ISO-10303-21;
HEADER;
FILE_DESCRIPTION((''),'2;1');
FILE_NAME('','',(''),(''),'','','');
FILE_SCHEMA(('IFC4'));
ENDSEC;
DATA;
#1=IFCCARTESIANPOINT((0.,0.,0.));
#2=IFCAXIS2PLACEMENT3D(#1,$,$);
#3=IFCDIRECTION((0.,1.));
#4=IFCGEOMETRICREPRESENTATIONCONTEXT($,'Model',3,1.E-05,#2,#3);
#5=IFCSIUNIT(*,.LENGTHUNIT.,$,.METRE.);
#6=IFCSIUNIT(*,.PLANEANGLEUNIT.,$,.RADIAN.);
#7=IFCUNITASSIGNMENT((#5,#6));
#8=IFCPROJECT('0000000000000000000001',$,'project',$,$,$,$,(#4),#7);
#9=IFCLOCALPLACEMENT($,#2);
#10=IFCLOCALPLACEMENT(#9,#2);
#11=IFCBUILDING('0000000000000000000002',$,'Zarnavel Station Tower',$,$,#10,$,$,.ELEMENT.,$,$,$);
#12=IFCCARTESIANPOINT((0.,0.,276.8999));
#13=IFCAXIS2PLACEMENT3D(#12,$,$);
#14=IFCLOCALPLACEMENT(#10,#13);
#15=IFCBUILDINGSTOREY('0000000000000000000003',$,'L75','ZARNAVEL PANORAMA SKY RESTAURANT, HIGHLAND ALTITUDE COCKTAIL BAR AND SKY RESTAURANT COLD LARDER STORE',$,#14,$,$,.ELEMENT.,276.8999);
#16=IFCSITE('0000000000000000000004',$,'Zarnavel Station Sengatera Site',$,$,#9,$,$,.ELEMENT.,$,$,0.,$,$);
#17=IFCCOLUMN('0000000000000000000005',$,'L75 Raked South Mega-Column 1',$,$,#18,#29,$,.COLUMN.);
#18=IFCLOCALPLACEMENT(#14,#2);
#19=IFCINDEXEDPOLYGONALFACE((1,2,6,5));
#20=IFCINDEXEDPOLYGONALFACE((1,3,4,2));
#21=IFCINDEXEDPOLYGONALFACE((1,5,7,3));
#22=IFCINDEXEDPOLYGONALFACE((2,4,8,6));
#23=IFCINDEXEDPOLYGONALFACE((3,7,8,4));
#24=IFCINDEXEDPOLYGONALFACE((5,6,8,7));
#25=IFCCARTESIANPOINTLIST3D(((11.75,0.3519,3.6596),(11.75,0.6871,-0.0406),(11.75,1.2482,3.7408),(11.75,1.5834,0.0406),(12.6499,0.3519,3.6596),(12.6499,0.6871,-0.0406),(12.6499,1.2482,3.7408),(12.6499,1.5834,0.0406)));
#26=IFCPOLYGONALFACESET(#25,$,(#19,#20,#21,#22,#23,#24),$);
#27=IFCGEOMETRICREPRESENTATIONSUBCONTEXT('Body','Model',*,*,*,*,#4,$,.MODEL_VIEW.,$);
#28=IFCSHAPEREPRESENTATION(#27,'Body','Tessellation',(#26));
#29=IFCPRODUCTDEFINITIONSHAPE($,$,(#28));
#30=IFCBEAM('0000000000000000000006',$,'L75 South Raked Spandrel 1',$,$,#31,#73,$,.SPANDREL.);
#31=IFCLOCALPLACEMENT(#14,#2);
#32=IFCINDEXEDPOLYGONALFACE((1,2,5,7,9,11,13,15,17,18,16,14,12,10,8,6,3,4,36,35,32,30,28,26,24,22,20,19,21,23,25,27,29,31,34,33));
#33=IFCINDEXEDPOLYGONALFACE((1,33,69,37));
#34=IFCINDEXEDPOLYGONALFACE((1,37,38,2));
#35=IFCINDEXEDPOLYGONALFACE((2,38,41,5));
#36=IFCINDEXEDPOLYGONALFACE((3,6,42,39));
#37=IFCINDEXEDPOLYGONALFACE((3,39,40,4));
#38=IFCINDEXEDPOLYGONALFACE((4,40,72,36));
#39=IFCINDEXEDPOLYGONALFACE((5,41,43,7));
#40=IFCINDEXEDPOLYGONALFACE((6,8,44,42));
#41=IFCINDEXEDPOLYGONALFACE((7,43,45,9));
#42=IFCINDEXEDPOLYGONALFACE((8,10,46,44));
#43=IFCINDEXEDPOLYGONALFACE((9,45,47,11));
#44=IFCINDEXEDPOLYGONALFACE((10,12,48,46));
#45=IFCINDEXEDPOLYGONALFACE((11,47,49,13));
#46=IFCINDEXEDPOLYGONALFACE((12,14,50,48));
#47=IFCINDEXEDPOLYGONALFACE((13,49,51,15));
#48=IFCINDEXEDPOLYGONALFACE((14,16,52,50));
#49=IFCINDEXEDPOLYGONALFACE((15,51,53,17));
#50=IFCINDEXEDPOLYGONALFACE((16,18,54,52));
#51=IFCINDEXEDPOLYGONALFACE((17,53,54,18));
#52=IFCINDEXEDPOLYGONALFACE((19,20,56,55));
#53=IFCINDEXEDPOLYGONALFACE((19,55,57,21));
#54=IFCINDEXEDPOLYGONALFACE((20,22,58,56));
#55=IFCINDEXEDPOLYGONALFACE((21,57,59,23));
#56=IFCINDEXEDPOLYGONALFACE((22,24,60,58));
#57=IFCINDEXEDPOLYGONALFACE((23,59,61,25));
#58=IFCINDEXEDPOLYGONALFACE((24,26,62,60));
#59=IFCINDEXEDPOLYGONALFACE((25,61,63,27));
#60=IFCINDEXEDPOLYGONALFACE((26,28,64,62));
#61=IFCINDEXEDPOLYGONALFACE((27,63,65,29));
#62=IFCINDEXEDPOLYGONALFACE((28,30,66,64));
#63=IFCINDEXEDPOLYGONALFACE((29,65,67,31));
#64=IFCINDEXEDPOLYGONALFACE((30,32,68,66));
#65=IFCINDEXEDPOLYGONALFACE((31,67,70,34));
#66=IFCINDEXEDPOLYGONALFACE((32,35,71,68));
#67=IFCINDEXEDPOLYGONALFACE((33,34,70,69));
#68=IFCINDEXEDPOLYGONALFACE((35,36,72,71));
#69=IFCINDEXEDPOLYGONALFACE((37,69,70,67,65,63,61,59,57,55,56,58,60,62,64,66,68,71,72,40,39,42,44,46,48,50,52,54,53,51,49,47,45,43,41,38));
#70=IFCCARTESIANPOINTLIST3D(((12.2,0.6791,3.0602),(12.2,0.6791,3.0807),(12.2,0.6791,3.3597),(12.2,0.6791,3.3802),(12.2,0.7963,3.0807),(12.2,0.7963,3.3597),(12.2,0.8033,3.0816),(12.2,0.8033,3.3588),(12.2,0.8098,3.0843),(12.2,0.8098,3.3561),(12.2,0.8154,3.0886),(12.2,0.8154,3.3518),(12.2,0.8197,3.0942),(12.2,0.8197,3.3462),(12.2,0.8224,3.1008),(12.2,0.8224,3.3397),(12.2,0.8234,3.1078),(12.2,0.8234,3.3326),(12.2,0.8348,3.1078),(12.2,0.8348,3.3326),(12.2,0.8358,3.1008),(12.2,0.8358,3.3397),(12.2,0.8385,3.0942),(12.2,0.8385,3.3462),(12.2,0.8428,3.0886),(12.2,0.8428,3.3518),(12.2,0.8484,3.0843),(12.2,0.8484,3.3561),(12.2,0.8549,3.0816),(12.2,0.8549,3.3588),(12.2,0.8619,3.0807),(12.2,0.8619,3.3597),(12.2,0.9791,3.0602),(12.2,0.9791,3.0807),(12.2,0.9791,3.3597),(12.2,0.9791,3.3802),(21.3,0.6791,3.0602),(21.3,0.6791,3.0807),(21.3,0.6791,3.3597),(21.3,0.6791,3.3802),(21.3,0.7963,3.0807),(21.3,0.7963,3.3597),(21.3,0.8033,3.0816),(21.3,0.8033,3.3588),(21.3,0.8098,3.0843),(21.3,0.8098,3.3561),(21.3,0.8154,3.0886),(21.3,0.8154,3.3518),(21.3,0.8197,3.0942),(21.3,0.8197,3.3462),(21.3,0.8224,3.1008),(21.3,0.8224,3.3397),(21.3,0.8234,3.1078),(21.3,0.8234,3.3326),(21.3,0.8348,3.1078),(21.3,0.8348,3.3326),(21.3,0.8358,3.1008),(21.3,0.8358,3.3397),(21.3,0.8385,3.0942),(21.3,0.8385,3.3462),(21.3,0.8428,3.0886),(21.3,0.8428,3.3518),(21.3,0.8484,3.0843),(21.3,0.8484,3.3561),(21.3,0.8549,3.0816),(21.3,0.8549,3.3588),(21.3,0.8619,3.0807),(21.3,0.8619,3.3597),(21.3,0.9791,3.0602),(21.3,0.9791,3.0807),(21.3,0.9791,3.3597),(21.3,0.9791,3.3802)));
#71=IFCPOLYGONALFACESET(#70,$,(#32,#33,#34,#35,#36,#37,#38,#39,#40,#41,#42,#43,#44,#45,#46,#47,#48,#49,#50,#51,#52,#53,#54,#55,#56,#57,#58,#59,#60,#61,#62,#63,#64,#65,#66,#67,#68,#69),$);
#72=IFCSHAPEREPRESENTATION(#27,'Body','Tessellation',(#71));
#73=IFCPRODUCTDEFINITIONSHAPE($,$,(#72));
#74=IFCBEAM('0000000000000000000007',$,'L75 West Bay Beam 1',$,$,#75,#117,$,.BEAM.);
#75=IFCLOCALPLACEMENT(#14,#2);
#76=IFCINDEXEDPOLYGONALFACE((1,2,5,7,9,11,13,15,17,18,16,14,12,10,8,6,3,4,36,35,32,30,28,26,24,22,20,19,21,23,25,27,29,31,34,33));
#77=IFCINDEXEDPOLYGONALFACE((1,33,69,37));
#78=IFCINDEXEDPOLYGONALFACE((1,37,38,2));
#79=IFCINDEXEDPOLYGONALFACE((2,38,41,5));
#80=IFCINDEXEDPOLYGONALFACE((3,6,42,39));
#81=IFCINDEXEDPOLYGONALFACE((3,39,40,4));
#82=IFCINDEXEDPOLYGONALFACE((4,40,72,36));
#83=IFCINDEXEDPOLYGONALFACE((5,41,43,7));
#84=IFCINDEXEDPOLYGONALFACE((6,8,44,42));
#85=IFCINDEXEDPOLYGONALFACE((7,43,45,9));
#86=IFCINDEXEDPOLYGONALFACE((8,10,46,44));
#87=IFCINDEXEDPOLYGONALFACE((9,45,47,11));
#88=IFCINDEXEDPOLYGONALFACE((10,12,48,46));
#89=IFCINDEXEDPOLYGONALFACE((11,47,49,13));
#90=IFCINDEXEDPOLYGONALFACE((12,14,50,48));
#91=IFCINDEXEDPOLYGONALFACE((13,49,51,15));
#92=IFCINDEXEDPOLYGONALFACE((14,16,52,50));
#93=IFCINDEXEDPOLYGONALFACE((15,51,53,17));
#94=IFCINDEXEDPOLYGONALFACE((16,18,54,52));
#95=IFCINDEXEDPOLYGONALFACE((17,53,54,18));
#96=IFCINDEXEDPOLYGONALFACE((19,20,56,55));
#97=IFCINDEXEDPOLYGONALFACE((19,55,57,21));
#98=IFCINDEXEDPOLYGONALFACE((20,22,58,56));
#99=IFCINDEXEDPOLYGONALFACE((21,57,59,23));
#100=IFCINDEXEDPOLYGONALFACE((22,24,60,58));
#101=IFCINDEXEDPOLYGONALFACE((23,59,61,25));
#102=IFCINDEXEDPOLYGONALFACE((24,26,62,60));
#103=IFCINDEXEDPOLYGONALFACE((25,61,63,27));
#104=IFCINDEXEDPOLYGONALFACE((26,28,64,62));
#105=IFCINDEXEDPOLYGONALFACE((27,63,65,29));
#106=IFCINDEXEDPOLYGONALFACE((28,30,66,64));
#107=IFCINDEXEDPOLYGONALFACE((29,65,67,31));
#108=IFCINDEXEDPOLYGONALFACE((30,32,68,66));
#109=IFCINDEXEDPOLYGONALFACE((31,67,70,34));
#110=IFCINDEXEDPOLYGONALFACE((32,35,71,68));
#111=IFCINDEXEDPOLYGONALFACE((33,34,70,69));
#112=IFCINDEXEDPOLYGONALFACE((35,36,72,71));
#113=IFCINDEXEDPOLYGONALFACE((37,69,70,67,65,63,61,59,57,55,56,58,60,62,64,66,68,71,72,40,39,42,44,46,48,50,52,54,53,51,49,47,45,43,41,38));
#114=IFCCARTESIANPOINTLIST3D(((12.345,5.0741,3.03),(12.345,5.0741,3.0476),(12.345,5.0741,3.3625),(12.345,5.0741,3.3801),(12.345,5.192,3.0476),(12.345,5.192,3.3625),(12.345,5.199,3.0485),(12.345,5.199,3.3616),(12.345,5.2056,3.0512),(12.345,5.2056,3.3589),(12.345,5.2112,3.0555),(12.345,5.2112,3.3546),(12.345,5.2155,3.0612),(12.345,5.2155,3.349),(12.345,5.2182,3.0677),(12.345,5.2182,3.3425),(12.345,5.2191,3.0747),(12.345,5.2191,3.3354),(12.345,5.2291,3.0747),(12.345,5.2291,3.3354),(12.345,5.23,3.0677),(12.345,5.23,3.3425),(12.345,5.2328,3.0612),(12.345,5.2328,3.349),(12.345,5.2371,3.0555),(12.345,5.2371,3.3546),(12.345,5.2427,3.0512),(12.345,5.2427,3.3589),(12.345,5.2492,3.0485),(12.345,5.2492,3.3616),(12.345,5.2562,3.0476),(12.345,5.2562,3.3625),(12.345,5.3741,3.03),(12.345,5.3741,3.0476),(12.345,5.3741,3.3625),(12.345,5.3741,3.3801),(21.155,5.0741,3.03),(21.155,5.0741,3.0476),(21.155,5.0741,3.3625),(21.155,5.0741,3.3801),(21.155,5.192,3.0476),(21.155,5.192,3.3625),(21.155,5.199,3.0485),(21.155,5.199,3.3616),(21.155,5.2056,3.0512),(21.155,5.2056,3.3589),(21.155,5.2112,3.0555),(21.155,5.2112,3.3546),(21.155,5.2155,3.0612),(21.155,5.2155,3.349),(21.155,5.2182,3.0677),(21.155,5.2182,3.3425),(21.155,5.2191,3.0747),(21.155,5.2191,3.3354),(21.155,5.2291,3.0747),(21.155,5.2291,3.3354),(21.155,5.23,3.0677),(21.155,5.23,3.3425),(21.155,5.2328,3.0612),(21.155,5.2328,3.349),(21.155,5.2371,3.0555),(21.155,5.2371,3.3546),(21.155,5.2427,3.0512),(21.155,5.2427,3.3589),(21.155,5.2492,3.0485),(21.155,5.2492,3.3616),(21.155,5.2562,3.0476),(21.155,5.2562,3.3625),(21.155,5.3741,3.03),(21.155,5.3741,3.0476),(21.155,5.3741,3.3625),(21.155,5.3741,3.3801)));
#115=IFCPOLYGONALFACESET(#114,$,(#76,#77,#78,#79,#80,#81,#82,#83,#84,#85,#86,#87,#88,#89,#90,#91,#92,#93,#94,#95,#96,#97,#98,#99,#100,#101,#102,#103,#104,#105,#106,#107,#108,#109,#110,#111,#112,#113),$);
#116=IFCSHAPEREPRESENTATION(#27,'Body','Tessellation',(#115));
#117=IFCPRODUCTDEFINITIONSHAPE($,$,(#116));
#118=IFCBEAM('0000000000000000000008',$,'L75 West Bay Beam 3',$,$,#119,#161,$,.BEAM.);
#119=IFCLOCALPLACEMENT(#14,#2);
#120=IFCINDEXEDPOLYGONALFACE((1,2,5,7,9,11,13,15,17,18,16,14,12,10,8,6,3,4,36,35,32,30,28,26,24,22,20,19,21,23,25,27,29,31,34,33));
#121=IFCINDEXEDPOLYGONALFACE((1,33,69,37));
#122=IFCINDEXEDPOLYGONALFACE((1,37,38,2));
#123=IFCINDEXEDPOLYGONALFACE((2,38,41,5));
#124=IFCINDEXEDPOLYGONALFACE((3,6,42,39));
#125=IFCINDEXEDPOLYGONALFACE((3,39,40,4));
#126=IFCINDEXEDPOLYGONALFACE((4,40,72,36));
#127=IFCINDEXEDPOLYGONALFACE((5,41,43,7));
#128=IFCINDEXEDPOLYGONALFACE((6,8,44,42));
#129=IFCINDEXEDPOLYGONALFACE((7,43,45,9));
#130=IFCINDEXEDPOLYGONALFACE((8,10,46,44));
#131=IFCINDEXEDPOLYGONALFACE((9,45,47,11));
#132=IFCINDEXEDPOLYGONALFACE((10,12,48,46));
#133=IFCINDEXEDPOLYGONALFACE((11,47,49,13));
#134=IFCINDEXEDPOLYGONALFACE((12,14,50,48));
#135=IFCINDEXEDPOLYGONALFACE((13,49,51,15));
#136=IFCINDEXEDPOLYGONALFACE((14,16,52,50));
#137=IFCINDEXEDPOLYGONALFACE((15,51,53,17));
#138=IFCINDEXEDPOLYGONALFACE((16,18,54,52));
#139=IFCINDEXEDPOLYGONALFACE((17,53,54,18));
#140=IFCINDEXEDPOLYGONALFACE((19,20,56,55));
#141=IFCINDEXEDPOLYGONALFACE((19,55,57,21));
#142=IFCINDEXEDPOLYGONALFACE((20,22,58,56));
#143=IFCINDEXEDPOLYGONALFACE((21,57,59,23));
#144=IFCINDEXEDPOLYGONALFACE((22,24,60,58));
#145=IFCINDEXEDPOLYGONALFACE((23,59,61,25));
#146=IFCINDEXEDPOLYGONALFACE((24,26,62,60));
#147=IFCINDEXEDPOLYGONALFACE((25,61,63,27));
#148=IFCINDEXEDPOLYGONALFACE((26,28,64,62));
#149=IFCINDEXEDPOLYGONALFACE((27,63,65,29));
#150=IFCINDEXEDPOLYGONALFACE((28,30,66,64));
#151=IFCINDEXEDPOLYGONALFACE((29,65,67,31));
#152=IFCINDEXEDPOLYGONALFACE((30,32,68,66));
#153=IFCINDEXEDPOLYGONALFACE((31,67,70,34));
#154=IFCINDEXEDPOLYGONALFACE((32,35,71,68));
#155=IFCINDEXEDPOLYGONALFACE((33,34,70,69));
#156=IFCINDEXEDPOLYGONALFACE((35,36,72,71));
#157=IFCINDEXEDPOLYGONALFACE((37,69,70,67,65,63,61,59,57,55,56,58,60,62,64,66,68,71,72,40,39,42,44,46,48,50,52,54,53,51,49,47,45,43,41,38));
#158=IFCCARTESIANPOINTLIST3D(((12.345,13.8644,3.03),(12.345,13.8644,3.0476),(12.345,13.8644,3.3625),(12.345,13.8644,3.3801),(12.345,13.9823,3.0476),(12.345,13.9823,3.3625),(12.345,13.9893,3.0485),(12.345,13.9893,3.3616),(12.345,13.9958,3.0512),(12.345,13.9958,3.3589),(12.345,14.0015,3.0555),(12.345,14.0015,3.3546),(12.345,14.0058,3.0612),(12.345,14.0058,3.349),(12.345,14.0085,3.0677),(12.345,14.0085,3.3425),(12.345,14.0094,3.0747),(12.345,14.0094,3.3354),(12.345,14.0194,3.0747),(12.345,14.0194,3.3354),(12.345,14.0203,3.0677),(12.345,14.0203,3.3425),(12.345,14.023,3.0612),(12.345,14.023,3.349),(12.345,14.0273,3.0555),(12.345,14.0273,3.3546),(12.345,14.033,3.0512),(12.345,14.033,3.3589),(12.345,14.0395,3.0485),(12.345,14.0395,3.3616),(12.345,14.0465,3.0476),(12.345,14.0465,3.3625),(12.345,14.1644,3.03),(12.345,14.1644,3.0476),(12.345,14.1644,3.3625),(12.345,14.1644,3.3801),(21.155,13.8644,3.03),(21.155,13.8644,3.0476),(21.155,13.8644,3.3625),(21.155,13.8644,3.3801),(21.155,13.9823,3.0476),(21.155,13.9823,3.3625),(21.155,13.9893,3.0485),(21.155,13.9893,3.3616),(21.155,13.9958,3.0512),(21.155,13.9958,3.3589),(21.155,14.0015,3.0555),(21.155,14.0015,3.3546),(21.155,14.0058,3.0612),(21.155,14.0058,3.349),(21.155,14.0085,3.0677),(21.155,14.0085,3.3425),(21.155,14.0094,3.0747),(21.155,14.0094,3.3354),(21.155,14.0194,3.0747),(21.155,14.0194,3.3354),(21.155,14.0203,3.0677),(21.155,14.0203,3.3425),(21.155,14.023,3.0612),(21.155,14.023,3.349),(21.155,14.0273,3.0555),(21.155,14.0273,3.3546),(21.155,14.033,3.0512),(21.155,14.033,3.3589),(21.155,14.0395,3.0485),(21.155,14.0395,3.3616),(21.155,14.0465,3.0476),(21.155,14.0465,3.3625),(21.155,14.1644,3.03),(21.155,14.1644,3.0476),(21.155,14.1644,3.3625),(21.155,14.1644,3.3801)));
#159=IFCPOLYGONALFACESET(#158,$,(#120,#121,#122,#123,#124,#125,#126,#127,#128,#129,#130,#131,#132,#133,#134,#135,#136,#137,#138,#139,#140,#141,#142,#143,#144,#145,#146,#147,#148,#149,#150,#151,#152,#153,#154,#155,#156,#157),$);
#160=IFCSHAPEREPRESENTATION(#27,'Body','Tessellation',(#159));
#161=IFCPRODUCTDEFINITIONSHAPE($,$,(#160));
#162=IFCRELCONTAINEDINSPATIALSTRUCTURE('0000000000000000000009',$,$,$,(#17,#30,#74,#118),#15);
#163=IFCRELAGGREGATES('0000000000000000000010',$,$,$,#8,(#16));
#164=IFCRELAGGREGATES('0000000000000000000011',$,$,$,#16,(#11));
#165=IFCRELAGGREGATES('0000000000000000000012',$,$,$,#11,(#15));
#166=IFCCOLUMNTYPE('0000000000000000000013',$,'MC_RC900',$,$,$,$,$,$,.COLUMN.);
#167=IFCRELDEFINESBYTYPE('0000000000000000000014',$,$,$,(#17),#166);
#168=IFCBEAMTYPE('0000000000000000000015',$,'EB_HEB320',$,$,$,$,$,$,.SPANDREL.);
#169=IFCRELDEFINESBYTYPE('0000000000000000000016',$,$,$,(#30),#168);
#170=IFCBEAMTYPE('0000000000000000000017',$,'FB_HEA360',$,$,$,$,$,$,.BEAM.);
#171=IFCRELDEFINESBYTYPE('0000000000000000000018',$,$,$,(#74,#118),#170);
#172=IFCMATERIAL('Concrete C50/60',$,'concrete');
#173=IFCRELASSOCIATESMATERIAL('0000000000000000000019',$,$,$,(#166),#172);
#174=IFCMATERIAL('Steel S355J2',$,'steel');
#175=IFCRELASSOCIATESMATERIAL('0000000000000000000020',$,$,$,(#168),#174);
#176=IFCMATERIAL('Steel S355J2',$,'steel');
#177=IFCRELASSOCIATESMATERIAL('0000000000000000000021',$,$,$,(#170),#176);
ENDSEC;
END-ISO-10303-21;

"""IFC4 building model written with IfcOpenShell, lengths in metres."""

from ifc_helpers import new_model, si_unit, direction, frame, origin, origin_2d, place, context, subcontext, project, spatial, rectangle, i_section, extrude, material, material_profile, profile_set, type_object, element, save


model = new_model("IFC4")

# Units and contexts
model_context = context("Model", 3, precision=1e-05, world=origin(), true_north=direction((0.0, 1.0)))
body_context = subcontext(model_context, "Body", "Model", "MODEL_VIEW")
ifc_project = project(units=[si_unit("LENGTHUNIT", "METRE"), si_unit("PLANEANGLEUNIT", "RADIAN")], contexts=[model_context])

# Site, building, storey
site_placement = place(None, origin())
site = spatial("IfcSite", under=ifc_project, at=site_placement, Name="Zarnavel Station Sengatera Site", CompositionType="ELEMENT", RefElevation=0.0)
building_placement = place(site_placement, origin())
building = spatial("IfcBuilding", under=site, at=building_placement, Name="Zarnavel Station Tower", CompositionType="ELEMENT")
storey_placement = place(building_placement, frame((0.0, 0.0, 276.8999)))
storey = spatial("IfcBuildingStorey", under=building, at=storey_placement, Name="L75", Description="ZARNAVEL PANORAMA SKY RESTAURANT, HIGHLAND ALTITUDE COCKTAIL BAR AND SKY RESTAURANT COLD LARDER STORE", CompositionType="ELEMENT", Elevation=276.8999)

# Column
ifc_material_1 = material(Name="Concrete C50/60", Category="concrete")
ifc_material_profile_1 = material_profile(ifc_material_1, rectangle(XDim=0.8999, YDim=0.8999, at=origin_2d()), Name="RC900x900")
ifc_profile_set_1 = profile_set([ifc_material_profile_1], Name="Concrete C50/60")
column_type = type_object("IfcColumnType", Name="MC_RC900", PredefinedType="COLUMN", material=ifc_profile_set_1)
column_placement = place(storey_placement, frame((12.2, 1.1353, 0.0), z_axis=(0.0, -0.090222, 0.995922), x_axis=(1.0, 0.0, 0.0)))
element("IfcColumn", 1, at=column_placement, inside=storey, type_object=column_type, Name="L75 Raked South Mega-Column 1", PredefinedType="COLUMN", context=body_context, shape_type="SweptSolid", body=[
    extrude(rectangle(XDim=0.8999, YDim=0.8999, at=origin_2d()), origin(), (0.0, 0.0, 1.0), 3.7153),
])

# Beams
ifc_material_2 = material(Name="Steel S355J2", Category="steel")
ifc_material_profile_2 = material_profile(ifc_material_2, i_section(OverallWidth=0.3, OverallDepth=0.3201, WebThickness=0.0115, FlangeThickness=0.0205, FilletRadius=0.0271, at=origin_2d()), Name="HEB320")
ifc_profile_set_2 = profile_set([ifc_material_profile_2], Name="Steel S355J2")
beam_type_1 = type_object("IfcBeamType", Name="EB_HEB320", PredefinedType="SPANDREL", material=ifc_profile_set_2)
beam_placement = place(storey_placement, frame((12.2, 0.8291, 3.2202), z_axis=(1.0, 0.0, 0.0), x_axis=(0.0, 1.0, 0.0)))
element("IfcBeam", 2, at=beam_placement, inside=storey, type_object=beam_type_1, Name="L75 South Raked Spandrel 1", PredefinedType="SPANDREL", context=body_context, shape_type="SweptSolid", body=[
    extrude(i_section(OverallWidth=0.3, OverallDepth=0.3201, WebThickness=0.0115, FlangeThickness=0.0205, FilletRadius=0.0271, at=origin_2d()), origin(), (0.0, 0.0, 1.0), 9.1001),
])
ifc_material_3 = material(Name="Steel S355J2", Category="steel")
ifc_material_profile_3 = material_profile(ifc_material_3, i_section(OverallWidth=0.3, OverallDepth=0.3501, WebThickness=0.01, FlangeThickness=0.0176, FilletRadius=0.0271, at=origin_2d()), Name="HEA360")
ifc_profile_set_3 = profile_set([ifc_material_profile_3], Name="Steel S355J2")
beam_type_2 = type_object("IfcBeamType", Name="FB_HEA360", PredefinedType="BEAM", material=ifc_profile_set_3)
for number, where, z_axis, x_axis, name in (
    (3, (12.345, 5.2241, 3.2051), (1.0, 0.0, 0.0), (0.0, 1.0, 0.0), "L75 West Bay Beam 1"),
    (4, (12.345, 14.0144, 3.2051), (1.0, 0.0, 0.0), (0.0, 1.0, 0.0), "L75 West Bay Beam 3"),
):
    element("IfcBeam", number, at=place(storey_placement, frame(where, z_axis=z_axis, x_axis=x_axis)), inside=storey, type_object=beam_type_2, Name=name, PredefinedType="BEAM", context=body_context, shape_type="SweptSolid", body=[
        extrude(i_section(OverallWidth=0.3, OverallDepth=0.3501, WebThickness=0.01, FlangeThickness=0.0176, FilletRadius=0.0271, at=origin_2d()), origin(), (0.0, 0.0, 1.0), 8.8101),
    ])

save(model, "model.ifc")
